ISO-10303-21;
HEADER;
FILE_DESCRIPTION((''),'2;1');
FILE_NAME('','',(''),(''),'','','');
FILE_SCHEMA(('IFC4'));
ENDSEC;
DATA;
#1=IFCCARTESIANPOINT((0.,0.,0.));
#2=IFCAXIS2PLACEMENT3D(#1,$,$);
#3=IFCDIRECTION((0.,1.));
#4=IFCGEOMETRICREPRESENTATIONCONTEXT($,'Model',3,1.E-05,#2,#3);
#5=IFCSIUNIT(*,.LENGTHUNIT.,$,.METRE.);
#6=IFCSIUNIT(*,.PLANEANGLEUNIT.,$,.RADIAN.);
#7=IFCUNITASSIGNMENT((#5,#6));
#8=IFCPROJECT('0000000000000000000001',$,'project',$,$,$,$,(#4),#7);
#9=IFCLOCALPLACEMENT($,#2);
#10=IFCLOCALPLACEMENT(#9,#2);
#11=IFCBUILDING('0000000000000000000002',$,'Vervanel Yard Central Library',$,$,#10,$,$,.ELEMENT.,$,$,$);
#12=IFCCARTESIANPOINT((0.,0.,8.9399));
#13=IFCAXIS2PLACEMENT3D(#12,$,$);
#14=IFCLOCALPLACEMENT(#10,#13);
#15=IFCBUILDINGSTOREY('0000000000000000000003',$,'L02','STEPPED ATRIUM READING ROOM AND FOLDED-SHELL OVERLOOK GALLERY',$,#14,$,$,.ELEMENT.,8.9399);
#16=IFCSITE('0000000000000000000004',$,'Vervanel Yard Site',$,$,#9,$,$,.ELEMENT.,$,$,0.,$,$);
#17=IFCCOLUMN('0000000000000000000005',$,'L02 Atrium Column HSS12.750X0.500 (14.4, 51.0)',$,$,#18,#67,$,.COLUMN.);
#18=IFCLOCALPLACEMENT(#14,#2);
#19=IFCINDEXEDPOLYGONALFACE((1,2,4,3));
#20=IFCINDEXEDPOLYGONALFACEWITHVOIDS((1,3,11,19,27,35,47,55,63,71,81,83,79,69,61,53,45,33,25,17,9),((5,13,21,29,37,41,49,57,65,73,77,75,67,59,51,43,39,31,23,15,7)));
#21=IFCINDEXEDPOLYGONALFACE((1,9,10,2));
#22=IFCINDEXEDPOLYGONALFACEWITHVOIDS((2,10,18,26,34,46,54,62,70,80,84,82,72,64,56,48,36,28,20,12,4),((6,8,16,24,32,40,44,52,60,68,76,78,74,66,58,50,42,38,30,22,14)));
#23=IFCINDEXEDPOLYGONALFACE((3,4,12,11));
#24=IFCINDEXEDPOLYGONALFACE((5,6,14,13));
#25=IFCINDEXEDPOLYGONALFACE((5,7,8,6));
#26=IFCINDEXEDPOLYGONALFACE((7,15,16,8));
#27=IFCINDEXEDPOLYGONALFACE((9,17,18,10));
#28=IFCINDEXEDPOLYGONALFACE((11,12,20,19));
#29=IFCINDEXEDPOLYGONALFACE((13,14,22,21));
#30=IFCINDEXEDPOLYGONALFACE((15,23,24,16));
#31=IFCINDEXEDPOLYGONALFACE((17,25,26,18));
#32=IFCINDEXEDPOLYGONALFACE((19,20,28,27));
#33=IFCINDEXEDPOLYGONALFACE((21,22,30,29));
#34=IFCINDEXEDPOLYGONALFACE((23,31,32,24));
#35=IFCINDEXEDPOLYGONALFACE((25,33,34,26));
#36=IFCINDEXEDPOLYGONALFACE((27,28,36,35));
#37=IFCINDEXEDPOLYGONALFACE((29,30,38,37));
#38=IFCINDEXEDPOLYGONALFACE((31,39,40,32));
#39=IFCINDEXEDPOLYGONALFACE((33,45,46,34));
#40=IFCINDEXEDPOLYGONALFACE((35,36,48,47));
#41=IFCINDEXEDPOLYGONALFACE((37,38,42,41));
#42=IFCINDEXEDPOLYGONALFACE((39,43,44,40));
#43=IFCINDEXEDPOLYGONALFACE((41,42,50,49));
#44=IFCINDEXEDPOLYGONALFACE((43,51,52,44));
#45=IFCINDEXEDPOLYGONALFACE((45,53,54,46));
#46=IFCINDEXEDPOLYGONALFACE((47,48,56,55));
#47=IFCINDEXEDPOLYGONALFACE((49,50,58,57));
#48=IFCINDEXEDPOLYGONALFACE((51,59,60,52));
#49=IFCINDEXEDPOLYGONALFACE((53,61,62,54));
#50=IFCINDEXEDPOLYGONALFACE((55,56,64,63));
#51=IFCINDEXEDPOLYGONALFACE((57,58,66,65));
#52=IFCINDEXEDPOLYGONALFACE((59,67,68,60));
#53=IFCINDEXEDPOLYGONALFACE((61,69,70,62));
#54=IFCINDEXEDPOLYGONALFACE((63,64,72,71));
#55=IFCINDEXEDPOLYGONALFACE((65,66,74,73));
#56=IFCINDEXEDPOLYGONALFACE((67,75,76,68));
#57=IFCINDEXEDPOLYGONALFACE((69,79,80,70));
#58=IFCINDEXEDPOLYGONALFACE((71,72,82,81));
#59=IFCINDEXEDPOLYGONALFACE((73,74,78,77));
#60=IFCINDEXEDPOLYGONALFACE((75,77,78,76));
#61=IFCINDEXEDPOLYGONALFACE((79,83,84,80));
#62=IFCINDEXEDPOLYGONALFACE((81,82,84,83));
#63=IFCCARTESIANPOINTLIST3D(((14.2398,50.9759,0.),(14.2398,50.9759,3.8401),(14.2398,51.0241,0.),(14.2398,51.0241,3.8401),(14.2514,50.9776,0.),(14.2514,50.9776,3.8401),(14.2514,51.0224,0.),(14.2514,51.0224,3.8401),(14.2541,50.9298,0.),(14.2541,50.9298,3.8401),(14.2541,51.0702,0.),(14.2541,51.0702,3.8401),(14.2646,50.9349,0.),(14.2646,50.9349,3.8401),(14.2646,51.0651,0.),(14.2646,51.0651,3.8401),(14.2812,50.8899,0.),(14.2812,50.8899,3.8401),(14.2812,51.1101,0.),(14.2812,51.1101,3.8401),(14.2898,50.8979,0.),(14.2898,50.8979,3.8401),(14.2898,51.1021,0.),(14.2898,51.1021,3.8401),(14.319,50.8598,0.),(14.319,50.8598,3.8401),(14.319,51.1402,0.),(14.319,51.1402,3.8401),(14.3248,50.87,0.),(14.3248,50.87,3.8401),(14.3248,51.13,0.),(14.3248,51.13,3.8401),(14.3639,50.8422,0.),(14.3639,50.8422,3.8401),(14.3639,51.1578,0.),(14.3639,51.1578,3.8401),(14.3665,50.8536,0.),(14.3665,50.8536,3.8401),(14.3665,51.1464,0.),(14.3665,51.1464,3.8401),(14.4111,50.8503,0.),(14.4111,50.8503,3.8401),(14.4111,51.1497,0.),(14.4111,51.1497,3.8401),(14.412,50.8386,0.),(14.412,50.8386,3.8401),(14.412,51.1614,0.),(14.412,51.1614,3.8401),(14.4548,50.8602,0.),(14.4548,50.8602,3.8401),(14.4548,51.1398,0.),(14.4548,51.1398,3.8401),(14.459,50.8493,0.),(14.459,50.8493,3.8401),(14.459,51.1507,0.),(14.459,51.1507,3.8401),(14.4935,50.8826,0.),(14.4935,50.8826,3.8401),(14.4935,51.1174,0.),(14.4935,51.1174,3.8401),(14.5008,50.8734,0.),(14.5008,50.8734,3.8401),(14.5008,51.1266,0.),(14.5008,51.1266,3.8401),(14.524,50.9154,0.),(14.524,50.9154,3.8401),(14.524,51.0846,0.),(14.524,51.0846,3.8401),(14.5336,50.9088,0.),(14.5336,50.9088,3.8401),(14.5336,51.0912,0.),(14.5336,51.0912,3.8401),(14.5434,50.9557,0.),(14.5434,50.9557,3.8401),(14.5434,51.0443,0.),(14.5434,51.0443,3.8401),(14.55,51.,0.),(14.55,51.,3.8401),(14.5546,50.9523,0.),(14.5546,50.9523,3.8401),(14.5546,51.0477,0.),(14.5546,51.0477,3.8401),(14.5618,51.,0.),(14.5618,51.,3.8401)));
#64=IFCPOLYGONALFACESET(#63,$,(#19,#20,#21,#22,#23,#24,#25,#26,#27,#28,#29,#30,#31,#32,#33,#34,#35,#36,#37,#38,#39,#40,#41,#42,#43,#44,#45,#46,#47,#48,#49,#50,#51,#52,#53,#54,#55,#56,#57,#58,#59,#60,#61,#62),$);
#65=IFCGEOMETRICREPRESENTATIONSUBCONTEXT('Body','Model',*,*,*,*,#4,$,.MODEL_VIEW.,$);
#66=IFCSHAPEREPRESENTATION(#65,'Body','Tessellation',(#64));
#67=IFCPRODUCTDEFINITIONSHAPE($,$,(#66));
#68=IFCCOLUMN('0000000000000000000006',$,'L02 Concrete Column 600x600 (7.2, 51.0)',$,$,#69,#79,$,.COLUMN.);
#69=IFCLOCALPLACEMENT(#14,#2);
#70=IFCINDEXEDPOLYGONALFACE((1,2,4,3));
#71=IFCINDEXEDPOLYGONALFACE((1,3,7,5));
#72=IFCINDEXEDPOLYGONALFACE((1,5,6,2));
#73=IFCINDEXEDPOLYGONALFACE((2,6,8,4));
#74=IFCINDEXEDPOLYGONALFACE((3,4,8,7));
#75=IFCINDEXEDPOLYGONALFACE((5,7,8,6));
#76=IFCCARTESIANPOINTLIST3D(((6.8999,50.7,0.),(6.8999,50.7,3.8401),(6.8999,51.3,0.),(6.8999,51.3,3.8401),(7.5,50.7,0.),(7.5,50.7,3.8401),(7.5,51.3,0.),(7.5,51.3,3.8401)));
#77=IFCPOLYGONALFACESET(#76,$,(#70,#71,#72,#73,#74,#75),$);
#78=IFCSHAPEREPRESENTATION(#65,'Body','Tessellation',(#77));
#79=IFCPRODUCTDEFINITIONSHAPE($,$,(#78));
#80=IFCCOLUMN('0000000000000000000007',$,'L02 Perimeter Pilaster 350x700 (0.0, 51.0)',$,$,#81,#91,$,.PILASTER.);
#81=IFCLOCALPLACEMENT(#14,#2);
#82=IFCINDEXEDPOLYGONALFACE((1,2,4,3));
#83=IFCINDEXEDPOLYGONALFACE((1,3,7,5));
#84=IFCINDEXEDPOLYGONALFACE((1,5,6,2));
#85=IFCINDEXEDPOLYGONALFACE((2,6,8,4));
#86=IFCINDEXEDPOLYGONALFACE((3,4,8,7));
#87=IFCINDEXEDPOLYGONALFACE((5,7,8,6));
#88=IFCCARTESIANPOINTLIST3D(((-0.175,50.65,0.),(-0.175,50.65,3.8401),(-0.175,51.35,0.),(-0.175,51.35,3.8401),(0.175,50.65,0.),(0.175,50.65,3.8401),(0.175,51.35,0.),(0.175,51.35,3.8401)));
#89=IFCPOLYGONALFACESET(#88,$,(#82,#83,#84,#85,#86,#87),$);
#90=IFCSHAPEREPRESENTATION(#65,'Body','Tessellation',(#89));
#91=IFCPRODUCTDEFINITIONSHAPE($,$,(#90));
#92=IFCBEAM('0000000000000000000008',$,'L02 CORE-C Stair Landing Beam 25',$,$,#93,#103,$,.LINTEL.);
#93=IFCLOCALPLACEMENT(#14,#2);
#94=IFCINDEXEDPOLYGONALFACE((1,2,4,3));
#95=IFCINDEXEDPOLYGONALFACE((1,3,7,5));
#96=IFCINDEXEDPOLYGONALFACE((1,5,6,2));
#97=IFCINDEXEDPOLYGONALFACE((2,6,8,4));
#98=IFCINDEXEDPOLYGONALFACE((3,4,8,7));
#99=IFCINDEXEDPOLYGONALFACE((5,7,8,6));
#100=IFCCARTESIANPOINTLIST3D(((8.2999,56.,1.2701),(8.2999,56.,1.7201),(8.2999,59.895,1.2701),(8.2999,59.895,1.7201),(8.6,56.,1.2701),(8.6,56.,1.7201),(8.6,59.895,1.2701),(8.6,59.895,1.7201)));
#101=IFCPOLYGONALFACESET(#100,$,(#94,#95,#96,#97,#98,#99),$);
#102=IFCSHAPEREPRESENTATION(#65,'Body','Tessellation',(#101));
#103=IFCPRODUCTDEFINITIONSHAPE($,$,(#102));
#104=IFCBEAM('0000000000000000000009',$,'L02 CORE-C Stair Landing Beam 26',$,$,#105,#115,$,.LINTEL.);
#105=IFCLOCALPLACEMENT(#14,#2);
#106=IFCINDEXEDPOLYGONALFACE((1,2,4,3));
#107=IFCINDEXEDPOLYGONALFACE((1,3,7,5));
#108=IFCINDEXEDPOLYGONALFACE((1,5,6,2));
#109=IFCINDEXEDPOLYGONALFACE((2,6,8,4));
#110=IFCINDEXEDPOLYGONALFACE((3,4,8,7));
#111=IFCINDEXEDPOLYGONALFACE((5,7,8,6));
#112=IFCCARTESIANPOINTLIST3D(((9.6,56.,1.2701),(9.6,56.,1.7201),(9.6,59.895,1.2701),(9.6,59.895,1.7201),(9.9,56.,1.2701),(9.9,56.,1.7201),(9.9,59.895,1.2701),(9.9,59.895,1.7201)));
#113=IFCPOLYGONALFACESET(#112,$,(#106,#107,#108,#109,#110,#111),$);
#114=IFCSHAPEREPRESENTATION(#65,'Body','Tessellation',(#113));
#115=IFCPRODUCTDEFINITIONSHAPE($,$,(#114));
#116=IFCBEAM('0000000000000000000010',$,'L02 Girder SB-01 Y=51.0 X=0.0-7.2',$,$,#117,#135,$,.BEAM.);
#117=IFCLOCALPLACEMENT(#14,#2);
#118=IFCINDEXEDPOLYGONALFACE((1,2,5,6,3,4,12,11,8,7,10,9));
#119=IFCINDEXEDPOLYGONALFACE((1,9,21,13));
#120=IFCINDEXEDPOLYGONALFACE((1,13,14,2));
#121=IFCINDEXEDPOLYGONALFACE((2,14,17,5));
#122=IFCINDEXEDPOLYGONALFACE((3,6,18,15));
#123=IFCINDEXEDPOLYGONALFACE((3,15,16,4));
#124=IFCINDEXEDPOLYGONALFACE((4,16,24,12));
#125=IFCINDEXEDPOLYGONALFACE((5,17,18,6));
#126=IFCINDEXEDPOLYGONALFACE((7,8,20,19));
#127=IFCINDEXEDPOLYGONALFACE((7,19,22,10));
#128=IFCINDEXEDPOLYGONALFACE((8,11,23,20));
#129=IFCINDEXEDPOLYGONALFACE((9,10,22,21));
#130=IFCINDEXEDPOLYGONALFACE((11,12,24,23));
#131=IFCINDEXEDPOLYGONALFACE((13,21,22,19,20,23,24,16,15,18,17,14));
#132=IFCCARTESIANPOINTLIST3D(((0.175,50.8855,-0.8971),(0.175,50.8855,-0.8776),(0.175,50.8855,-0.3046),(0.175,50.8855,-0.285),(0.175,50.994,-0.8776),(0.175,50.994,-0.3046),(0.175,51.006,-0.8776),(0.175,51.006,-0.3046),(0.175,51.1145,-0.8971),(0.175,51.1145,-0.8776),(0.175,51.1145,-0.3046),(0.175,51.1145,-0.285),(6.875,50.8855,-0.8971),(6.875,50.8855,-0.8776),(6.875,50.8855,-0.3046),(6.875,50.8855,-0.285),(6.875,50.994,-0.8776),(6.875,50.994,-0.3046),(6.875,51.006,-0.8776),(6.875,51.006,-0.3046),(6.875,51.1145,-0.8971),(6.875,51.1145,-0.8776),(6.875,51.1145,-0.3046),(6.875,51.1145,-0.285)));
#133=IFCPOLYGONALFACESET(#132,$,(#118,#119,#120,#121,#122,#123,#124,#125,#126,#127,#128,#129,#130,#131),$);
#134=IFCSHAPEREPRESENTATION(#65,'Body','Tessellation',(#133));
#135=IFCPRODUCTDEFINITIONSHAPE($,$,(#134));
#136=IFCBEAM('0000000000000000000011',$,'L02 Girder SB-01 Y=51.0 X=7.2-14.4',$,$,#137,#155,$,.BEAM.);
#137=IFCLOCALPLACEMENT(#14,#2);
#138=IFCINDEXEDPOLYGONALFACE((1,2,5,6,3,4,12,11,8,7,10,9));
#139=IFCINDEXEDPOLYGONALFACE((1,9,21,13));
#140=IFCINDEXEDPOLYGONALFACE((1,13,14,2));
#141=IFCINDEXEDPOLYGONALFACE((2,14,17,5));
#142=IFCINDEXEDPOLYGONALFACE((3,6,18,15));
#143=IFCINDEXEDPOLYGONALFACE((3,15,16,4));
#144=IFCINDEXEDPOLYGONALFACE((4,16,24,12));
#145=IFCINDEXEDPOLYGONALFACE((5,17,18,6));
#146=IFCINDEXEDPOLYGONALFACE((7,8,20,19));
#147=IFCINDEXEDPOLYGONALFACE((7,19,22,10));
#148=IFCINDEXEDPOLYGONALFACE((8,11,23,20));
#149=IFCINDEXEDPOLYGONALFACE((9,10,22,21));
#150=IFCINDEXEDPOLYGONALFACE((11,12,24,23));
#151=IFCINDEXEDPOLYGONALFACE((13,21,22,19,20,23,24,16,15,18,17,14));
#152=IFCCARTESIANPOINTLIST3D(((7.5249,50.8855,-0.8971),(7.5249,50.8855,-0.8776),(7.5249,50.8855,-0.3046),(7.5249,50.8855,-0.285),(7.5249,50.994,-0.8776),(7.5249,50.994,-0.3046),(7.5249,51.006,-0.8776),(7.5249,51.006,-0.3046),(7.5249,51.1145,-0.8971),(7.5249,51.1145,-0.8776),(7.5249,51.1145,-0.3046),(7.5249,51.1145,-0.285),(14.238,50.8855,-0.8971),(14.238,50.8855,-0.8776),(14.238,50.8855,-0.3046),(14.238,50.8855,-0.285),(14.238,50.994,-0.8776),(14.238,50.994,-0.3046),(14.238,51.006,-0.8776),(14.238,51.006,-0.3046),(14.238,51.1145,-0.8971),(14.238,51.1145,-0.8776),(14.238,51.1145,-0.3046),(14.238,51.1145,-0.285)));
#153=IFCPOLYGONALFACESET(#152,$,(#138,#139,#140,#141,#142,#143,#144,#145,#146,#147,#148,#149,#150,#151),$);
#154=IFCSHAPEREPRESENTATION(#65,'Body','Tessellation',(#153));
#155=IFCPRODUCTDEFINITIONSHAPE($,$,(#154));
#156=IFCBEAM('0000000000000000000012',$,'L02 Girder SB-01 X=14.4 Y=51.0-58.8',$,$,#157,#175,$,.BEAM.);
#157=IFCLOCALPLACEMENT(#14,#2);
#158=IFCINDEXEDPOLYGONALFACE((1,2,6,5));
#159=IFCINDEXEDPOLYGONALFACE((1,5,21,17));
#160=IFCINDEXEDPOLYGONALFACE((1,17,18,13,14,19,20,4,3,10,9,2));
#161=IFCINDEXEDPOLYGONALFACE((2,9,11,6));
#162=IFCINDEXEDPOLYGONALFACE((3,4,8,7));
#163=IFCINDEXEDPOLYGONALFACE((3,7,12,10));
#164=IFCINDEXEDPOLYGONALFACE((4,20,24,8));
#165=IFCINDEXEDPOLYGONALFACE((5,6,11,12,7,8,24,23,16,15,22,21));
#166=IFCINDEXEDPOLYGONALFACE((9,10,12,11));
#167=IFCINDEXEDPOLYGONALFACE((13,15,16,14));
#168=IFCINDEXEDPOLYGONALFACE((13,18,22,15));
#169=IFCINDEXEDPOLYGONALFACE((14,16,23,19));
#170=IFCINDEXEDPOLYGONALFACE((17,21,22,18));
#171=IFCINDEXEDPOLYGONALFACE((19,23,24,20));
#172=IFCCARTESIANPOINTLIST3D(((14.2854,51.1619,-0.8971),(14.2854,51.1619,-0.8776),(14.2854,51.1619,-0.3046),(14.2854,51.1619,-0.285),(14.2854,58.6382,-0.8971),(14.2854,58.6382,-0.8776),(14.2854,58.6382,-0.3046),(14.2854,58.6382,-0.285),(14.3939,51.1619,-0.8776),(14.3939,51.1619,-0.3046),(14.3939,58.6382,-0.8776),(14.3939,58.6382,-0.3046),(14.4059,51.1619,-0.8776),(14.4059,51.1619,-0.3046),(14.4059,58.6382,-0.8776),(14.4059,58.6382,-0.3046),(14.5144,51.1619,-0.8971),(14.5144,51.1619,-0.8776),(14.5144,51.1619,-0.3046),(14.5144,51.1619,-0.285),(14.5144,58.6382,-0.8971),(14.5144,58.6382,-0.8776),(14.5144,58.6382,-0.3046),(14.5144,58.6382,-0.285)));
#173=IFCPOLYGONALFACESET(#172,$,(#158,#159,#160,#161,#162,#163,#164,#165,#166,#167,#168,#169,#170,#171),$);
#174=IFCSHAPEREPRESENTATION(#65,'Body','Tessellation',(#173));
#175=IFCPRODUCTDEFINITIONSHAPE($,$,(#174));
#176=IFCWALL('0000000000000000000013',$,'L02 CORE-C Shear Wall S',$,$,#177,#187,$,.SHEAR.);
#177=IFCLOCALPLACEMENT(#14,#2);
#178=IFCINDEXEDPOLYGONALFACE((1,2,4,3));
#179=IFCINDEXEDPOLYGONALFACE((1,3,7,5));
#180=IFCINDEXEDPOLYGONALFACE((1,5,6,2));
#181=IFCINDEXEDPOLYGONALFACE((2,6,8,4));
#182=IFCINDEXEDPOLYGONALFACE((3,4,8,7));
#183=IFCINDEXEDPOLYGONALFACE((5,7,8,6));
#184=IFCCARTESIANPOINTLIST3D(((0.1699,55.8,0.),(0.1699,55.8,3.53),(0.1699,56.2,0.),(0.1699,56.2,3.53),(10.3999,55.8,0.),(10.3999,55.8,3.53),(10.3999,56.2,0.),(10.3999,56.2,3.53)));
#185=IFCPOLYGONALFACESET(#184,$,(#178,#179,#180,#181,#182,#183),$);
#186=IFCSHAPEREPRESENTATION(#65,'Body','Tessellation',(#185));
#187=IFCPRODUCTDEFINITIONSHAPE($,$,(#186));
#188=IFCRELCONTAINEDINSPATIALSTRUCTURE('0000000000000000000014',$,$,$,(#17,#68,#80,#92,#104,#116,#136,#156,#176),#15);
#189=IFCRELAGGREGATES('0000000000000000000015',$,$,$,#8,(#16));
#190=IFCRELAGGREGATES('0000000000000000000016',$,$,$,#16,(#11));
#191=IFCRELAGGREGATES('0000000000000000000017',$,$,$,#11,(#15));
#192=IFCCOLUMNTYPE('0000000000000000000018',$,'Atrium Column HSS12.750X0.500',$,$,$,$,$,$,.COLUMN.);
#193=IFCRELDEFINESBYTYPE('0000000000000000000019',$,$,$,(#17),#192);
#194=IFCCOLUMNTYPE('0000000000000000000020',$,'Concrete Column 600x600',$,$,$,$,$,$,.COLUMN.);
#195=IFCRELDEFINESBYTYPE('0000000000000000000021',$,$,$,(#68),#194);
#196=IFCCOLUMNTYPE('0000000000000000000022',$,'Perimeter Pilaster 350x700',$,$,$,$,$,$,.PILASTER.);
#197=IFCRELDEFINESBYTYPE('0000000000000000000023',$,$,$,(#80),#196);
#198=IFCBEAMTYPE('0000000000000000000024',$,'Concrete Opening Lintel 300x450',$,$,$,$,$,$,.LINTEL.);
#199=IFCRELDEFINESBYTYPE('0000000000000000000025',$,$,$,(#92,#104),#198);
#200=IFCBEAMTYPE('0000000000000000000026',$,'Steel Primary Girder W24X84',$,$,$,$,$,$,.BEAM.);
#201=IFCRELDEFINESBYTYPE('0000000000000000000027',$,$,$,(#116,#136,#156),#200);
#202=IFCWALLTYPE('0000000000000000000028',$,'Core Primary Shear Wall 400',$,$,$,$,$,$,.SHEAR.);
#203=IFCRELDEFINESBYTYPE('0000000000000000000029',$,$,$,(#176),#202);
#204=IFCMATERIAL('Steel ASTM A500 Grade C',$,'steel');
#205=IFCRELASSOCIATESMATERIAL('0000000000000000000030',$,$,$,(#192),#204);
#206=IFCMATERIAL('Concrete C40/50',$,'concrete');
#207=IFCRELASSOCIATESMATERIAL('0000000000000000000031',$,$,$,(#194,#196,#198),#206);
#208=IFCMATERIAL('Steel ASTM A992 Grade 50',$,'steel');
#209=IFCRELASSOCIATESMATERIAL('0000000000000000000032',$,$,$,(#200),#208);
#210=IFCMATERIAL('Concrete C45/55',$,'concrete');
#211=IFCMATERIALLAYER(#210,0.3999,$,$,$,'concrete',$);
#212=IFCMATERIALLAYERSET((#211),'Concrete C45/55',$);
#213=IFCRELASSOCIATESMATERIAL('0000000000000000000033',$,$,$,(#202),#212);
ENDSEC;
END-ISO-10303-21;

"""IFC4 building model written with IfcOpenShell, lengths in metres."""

from ifc_helpers import new_model, si_unit, direction, frame, frame_2d, origin, origin_2d, place, context, subcontext, project, spatial, rectangle, hollow_circle, i_section, extrude, material, layer, layer_set, material_profile, profile_set, type_object, element, save


model = new_model("IFC4")

# Units and contexts
model_context = context("Model", 3, precision=1e-05, world=origin(), true_north=direction((0.0, 1.0)))
body_context = subcontext(model_context, "Body", "Model", "MODEL_VIEW")
ifc_project = project(units=[si_unit("LENGTHUNIT", "METRE"), si_unit("PLANEANGLEUNIT", "RADIAN")], contexts=[model_context])

# Site, building, storey
site_placement = place(None, origin())
site = spatial("IfcSite", under=ifc_project, at=site_placement, Name="Vervanel Yard Site", CompositionType="ELEMENT", RefElevation=0.0)
building_placement = place(site_placement, origin())
building = spatial("IfcBuilding", under=site, at=building_placement, Name="Vervanel Yard Central Library", CompositionType="ELEMENT")
storey_placement = place(building_placement, frame((0.0, 0.0, 8.9399)))
storey = spatial("IfcBuildingStorey", under=building, at=storey_placement, Name="L02", Description="STEPPED ATRIUM READING ROOM AND FOLDED-SHELL OVERLOOK GALLERY", CompositionType="ELEMENT", Elevation=8.9399)

# Columns
ifc_material_1 = material(Name="Steel ASTM A500 Grade C", Category="steel")
ifc_material_profile_1 = material_profile(ifc_material_1, hollow_circle(Radius=0.1619, WallThickness=0.0117, at=origin_2d()), Name="HSS12.750X0.500", Category="steel")
ifc_profile_set_1 = profile_set([ifc_material_profile_1], Name="Steel ASTM A500 Grade C")
column_type_1 = type_object("IfcColumnType", Name="Atrium Column HSS12.750X0.500", PredefinedType="COLUMN", material=ifc_profile_set_1)
column_1_placement = place(storey_placement, frame((14.3999, 51.0, 0.0), z_axis=(0.0, 0.0, 1.0), x_axis=(1.0, 0.0, 0.0)))
element("IfcColumn", 1, at=column_1_placement, inside=storey, type_object=column_type_1, Name="L02 Atrium Column HSS12.750X0.500 (14.4, 51.0)", PredefinedType="COLUMN", context=body_context, shape_type="SweptSolid", body=[
    extrude(hollow_circle(Radius=0.1619, WallThickness=0.0117, at=origin_2d()), origin(), (0.0, 0.0, 1.0), 3.8401),
])
ifc_material_2 = material(Name="Concrete C40/50", Category="concrete")
ifc_material_profile_2 = material_profile(ifc_material_2, rectangle(XDim=0.6001, YDim=0.6001, at=origin_2d()), Name="RC 600x600", Category="concrete")
ifc_profile_set_2 = profile_set([ifc_material_profile_2], Name="Concrete C40/50")
column_type_2 = type_object("IfcColumnType", Name="Concrete Column 600x600", PredefinedType="COLUMN", material=ifc_profile_set_2)
column_2_placement = place(storey_placement, frame((7.2, 51.0, 0.0), z_axis=(0.0, 0.0, 1.0), x_axis=(1.0, 0.0, 0.0)))
element("IfcColumn", 2, at=column_2_placement, inside=storey, type_object=column_type_2, Name="L02 Concrete Column 600x600 (7.2, 51.0)", PredefinedType="COLUMN", context=body_context, shape_type="SweptSolid", body=[
    extrude(rectangle(XDim=0.6001, YDim=0.6001, at=origin_2d()), origin(), (0.0, 0.0, 1.0), 3.8401),
])
ifc_material_profile_3 = material_profile(ifc_material_2, rectangle(XDim=0.3501, YDim=0.7, at=origin_2d()), Name="RC 350x700", Category="concrete")
ifc_profile_set_3 = profile_set([ifc_material_profile_3], Name="Concrete C40/50")
column_type_3 = type_object("IfcColumnType", Name="Perimeter Pilaster 350x700", PredefinedType="PILASTER", material=ifc_profile_set_3)
column_3_placement = place(storey_placement, frame((0.0, 51.0, 0.0), z_axis=(0.0, 0.0, 1.0), x_axis=(1.0, 0.0, 0.0)))
element("IfcColumn", 3, at=column_3_placement, inside=storey, type_object=column_type_3, Name="L02 Perimeter Pilaster 350x700 (0.0, 51.0)", PredefinedType="PILASTER", context=body_context, shape_type="SweptSolid", body=[
    extrude(rectangle(XDim=0.3501, YDim=0.7, at=origin_2d()), origin(), (0.0, 0.0, 1.0), 3.8401),
])

# Beams
ifc_material_profile_4 = material_profile(ifc_material_2, rectangle(XDim=0.3, YDim=0.45, at=origin_2d()), Name="RC 300x450", Category="concrete")
ifc_profile_set_4 = profile_set([ifc_material_profile_4], Name="Concrete C40/50")
beam_type_1 = type_object("IfcBeamType", Name="Concrete Opening Lintel 300x450", PredefinedType="LINTEL", material=ifc_profile_set_4)
for number, where, z_axis, x_axis, name in (
    (4, (8.45, 56.0, 1.4951), (0.0, 1.0, 0.0), (-1.0, 0.0, 0.0), "L02 CORE-C Stair Landing Beam 25"),
    (5, (9.75, 56.0, 1.4951), (0.0, 1.0, 0.0), (-1.0, 0.0, 0.0), "L02 CORE-C Stair Landing Beam 26"),
):
    element("IfcBeam", number, at=place(storey_placement, frame(where, z_axis=z_axis, x_axis=x_axis)), inside=storey, type_object=beam_type_1, Name=name, PredefinedType="LINTEL", context=body_context, shape_type="SweptSolid", body=[
        extrude(rectangle(XDim=0.3, YDim=0.45, at=origin_2d()), origin(), (0.0, 0.0, 1.0), 3.895),
    ])
ifc_material_3 = material(Name="Steel ASTM A992 Grade 50", Category="steel")
ifc_material_profile_5 = material_profile(ifc_material_3, i_section(OverallWidth=0.229, OverallDepth=0.6121, WebThickness=0.012, FlangeThickness=0.0195, at=origin_2d()), Name="W24X84", Category="steel")
ifc_profile_set_5 = profile_set([ifc_material_profile_5], Name="Steel ASTM A992 Grade 50")
beam_type_2 = type_object("IfcBeamType", Name="Steel Primary Girder W24X84", PredefinedType="BEAM", material=ifc_profile_set_5)
beam_1_placement = place(storey_placement, frame((0.175, 51.0, -0.5911), z_axis=(1.0, 0.0, 0.0), x_axis=(0.0, 1.0, 0.0)))
element("IfcBeam", 6, at=beam_1_placement, inside=storey, type_object=beam_type_2, Name="L02 Girder SB-01 Y=51.0 X=0.0-7.2", PredefinedType="BEAM", context=body_context, shape_type="SweptSolid", body=[
    extrude(i_section(OverallWidth=0.229, OverallDepth=0.6121, WebThickness=0.012, FlangeThickness=0.0195, at=origin_2d()), origin(), (0.0, 0.0, 1.0), 6.7),
])
beam_2_placement = place(storey_placement, frame((7.5249, 51.0, -0.5911), z_axis=(1.0, 0.0, 0.0), x_axis=(0.0, 1.0, 0.0)))
element("IfcBeam", 7, at=beam_2_placement, inside=storey, type_object=beam_type_2, Name="L02 Girder SB-01 Y=51.0 X=7.2-14.4", PredefinedType="BEAM", context=body_context, shape_type="SweptSolid", body=[
    extrude(i_section(OverallWidth=0.229, OverallDepth=0.6121, WebThickness=0.012, FlangeThickness=0.0195, at=origin_2d()), origin(), (0.0, 0.0, 1.0), 6.7131),
])
beam_3_placement = place(storey_placement, frame((14.3999, 51.1619, -0.5911), z_axis=(0.0, 1.0, 0.0), x_axis=(-1.0, 0.0, 0.0)))
element("IfcBeam", 8, at=beam_3_placement, inside=storey, type_object=beam_type_2, Name="L02 Girder SB-01 X=14.4 Y=51.0-58.8", PredefinedType="BEAM", context=body_context, shape_type="SweptSolid", body=[
    extrude(i_section(OverallWidth=0.229, OverallDepth=0.6121, WebThickness=0.012, FlangeThickness=0.0195, at=origin_2d()), origin(), (0.0, 0.0, 1.0), 7.4763),
])

# Wall
ifc_material_4 = material(Name="Concrete C45/55", Category="concrete")
ifc_layer_1 = layer(ifc_material_4, 0.3999, Category="concrete")
ifc_layer_set_1 = layer_set([ifc_layer_1], Name="Concrete C45/55")
wall_type_1 = type_object("IfcWallType", Name="Core Primary Shear Wall 400", PredefinedType="SHEAR", material=ifc_layer_set_1)
wall_1_placement = place(storey_placement, frame((0.1699, 56.0, 0.0), z_axis=(0.0, 0.0, 1.0), x_axis=(1.0, 0.0, 0.0)))
element("IfcWall", 9, at=wall_1_placement, inside=storey, type_object=wall_type_1, Name="L02 CORE-C Shear Wall S", PredefinedType="SHEAR", context=body_context, shape_type="SweptSolid", body=[
    extrude(rectangle(XDim=10.23, YDim=0.3999, at=frame_2d((5.115, 0.0))), origin(), (0.0, 0.0, 1.0), 3.53),
])

save(model, "model.ifc")
